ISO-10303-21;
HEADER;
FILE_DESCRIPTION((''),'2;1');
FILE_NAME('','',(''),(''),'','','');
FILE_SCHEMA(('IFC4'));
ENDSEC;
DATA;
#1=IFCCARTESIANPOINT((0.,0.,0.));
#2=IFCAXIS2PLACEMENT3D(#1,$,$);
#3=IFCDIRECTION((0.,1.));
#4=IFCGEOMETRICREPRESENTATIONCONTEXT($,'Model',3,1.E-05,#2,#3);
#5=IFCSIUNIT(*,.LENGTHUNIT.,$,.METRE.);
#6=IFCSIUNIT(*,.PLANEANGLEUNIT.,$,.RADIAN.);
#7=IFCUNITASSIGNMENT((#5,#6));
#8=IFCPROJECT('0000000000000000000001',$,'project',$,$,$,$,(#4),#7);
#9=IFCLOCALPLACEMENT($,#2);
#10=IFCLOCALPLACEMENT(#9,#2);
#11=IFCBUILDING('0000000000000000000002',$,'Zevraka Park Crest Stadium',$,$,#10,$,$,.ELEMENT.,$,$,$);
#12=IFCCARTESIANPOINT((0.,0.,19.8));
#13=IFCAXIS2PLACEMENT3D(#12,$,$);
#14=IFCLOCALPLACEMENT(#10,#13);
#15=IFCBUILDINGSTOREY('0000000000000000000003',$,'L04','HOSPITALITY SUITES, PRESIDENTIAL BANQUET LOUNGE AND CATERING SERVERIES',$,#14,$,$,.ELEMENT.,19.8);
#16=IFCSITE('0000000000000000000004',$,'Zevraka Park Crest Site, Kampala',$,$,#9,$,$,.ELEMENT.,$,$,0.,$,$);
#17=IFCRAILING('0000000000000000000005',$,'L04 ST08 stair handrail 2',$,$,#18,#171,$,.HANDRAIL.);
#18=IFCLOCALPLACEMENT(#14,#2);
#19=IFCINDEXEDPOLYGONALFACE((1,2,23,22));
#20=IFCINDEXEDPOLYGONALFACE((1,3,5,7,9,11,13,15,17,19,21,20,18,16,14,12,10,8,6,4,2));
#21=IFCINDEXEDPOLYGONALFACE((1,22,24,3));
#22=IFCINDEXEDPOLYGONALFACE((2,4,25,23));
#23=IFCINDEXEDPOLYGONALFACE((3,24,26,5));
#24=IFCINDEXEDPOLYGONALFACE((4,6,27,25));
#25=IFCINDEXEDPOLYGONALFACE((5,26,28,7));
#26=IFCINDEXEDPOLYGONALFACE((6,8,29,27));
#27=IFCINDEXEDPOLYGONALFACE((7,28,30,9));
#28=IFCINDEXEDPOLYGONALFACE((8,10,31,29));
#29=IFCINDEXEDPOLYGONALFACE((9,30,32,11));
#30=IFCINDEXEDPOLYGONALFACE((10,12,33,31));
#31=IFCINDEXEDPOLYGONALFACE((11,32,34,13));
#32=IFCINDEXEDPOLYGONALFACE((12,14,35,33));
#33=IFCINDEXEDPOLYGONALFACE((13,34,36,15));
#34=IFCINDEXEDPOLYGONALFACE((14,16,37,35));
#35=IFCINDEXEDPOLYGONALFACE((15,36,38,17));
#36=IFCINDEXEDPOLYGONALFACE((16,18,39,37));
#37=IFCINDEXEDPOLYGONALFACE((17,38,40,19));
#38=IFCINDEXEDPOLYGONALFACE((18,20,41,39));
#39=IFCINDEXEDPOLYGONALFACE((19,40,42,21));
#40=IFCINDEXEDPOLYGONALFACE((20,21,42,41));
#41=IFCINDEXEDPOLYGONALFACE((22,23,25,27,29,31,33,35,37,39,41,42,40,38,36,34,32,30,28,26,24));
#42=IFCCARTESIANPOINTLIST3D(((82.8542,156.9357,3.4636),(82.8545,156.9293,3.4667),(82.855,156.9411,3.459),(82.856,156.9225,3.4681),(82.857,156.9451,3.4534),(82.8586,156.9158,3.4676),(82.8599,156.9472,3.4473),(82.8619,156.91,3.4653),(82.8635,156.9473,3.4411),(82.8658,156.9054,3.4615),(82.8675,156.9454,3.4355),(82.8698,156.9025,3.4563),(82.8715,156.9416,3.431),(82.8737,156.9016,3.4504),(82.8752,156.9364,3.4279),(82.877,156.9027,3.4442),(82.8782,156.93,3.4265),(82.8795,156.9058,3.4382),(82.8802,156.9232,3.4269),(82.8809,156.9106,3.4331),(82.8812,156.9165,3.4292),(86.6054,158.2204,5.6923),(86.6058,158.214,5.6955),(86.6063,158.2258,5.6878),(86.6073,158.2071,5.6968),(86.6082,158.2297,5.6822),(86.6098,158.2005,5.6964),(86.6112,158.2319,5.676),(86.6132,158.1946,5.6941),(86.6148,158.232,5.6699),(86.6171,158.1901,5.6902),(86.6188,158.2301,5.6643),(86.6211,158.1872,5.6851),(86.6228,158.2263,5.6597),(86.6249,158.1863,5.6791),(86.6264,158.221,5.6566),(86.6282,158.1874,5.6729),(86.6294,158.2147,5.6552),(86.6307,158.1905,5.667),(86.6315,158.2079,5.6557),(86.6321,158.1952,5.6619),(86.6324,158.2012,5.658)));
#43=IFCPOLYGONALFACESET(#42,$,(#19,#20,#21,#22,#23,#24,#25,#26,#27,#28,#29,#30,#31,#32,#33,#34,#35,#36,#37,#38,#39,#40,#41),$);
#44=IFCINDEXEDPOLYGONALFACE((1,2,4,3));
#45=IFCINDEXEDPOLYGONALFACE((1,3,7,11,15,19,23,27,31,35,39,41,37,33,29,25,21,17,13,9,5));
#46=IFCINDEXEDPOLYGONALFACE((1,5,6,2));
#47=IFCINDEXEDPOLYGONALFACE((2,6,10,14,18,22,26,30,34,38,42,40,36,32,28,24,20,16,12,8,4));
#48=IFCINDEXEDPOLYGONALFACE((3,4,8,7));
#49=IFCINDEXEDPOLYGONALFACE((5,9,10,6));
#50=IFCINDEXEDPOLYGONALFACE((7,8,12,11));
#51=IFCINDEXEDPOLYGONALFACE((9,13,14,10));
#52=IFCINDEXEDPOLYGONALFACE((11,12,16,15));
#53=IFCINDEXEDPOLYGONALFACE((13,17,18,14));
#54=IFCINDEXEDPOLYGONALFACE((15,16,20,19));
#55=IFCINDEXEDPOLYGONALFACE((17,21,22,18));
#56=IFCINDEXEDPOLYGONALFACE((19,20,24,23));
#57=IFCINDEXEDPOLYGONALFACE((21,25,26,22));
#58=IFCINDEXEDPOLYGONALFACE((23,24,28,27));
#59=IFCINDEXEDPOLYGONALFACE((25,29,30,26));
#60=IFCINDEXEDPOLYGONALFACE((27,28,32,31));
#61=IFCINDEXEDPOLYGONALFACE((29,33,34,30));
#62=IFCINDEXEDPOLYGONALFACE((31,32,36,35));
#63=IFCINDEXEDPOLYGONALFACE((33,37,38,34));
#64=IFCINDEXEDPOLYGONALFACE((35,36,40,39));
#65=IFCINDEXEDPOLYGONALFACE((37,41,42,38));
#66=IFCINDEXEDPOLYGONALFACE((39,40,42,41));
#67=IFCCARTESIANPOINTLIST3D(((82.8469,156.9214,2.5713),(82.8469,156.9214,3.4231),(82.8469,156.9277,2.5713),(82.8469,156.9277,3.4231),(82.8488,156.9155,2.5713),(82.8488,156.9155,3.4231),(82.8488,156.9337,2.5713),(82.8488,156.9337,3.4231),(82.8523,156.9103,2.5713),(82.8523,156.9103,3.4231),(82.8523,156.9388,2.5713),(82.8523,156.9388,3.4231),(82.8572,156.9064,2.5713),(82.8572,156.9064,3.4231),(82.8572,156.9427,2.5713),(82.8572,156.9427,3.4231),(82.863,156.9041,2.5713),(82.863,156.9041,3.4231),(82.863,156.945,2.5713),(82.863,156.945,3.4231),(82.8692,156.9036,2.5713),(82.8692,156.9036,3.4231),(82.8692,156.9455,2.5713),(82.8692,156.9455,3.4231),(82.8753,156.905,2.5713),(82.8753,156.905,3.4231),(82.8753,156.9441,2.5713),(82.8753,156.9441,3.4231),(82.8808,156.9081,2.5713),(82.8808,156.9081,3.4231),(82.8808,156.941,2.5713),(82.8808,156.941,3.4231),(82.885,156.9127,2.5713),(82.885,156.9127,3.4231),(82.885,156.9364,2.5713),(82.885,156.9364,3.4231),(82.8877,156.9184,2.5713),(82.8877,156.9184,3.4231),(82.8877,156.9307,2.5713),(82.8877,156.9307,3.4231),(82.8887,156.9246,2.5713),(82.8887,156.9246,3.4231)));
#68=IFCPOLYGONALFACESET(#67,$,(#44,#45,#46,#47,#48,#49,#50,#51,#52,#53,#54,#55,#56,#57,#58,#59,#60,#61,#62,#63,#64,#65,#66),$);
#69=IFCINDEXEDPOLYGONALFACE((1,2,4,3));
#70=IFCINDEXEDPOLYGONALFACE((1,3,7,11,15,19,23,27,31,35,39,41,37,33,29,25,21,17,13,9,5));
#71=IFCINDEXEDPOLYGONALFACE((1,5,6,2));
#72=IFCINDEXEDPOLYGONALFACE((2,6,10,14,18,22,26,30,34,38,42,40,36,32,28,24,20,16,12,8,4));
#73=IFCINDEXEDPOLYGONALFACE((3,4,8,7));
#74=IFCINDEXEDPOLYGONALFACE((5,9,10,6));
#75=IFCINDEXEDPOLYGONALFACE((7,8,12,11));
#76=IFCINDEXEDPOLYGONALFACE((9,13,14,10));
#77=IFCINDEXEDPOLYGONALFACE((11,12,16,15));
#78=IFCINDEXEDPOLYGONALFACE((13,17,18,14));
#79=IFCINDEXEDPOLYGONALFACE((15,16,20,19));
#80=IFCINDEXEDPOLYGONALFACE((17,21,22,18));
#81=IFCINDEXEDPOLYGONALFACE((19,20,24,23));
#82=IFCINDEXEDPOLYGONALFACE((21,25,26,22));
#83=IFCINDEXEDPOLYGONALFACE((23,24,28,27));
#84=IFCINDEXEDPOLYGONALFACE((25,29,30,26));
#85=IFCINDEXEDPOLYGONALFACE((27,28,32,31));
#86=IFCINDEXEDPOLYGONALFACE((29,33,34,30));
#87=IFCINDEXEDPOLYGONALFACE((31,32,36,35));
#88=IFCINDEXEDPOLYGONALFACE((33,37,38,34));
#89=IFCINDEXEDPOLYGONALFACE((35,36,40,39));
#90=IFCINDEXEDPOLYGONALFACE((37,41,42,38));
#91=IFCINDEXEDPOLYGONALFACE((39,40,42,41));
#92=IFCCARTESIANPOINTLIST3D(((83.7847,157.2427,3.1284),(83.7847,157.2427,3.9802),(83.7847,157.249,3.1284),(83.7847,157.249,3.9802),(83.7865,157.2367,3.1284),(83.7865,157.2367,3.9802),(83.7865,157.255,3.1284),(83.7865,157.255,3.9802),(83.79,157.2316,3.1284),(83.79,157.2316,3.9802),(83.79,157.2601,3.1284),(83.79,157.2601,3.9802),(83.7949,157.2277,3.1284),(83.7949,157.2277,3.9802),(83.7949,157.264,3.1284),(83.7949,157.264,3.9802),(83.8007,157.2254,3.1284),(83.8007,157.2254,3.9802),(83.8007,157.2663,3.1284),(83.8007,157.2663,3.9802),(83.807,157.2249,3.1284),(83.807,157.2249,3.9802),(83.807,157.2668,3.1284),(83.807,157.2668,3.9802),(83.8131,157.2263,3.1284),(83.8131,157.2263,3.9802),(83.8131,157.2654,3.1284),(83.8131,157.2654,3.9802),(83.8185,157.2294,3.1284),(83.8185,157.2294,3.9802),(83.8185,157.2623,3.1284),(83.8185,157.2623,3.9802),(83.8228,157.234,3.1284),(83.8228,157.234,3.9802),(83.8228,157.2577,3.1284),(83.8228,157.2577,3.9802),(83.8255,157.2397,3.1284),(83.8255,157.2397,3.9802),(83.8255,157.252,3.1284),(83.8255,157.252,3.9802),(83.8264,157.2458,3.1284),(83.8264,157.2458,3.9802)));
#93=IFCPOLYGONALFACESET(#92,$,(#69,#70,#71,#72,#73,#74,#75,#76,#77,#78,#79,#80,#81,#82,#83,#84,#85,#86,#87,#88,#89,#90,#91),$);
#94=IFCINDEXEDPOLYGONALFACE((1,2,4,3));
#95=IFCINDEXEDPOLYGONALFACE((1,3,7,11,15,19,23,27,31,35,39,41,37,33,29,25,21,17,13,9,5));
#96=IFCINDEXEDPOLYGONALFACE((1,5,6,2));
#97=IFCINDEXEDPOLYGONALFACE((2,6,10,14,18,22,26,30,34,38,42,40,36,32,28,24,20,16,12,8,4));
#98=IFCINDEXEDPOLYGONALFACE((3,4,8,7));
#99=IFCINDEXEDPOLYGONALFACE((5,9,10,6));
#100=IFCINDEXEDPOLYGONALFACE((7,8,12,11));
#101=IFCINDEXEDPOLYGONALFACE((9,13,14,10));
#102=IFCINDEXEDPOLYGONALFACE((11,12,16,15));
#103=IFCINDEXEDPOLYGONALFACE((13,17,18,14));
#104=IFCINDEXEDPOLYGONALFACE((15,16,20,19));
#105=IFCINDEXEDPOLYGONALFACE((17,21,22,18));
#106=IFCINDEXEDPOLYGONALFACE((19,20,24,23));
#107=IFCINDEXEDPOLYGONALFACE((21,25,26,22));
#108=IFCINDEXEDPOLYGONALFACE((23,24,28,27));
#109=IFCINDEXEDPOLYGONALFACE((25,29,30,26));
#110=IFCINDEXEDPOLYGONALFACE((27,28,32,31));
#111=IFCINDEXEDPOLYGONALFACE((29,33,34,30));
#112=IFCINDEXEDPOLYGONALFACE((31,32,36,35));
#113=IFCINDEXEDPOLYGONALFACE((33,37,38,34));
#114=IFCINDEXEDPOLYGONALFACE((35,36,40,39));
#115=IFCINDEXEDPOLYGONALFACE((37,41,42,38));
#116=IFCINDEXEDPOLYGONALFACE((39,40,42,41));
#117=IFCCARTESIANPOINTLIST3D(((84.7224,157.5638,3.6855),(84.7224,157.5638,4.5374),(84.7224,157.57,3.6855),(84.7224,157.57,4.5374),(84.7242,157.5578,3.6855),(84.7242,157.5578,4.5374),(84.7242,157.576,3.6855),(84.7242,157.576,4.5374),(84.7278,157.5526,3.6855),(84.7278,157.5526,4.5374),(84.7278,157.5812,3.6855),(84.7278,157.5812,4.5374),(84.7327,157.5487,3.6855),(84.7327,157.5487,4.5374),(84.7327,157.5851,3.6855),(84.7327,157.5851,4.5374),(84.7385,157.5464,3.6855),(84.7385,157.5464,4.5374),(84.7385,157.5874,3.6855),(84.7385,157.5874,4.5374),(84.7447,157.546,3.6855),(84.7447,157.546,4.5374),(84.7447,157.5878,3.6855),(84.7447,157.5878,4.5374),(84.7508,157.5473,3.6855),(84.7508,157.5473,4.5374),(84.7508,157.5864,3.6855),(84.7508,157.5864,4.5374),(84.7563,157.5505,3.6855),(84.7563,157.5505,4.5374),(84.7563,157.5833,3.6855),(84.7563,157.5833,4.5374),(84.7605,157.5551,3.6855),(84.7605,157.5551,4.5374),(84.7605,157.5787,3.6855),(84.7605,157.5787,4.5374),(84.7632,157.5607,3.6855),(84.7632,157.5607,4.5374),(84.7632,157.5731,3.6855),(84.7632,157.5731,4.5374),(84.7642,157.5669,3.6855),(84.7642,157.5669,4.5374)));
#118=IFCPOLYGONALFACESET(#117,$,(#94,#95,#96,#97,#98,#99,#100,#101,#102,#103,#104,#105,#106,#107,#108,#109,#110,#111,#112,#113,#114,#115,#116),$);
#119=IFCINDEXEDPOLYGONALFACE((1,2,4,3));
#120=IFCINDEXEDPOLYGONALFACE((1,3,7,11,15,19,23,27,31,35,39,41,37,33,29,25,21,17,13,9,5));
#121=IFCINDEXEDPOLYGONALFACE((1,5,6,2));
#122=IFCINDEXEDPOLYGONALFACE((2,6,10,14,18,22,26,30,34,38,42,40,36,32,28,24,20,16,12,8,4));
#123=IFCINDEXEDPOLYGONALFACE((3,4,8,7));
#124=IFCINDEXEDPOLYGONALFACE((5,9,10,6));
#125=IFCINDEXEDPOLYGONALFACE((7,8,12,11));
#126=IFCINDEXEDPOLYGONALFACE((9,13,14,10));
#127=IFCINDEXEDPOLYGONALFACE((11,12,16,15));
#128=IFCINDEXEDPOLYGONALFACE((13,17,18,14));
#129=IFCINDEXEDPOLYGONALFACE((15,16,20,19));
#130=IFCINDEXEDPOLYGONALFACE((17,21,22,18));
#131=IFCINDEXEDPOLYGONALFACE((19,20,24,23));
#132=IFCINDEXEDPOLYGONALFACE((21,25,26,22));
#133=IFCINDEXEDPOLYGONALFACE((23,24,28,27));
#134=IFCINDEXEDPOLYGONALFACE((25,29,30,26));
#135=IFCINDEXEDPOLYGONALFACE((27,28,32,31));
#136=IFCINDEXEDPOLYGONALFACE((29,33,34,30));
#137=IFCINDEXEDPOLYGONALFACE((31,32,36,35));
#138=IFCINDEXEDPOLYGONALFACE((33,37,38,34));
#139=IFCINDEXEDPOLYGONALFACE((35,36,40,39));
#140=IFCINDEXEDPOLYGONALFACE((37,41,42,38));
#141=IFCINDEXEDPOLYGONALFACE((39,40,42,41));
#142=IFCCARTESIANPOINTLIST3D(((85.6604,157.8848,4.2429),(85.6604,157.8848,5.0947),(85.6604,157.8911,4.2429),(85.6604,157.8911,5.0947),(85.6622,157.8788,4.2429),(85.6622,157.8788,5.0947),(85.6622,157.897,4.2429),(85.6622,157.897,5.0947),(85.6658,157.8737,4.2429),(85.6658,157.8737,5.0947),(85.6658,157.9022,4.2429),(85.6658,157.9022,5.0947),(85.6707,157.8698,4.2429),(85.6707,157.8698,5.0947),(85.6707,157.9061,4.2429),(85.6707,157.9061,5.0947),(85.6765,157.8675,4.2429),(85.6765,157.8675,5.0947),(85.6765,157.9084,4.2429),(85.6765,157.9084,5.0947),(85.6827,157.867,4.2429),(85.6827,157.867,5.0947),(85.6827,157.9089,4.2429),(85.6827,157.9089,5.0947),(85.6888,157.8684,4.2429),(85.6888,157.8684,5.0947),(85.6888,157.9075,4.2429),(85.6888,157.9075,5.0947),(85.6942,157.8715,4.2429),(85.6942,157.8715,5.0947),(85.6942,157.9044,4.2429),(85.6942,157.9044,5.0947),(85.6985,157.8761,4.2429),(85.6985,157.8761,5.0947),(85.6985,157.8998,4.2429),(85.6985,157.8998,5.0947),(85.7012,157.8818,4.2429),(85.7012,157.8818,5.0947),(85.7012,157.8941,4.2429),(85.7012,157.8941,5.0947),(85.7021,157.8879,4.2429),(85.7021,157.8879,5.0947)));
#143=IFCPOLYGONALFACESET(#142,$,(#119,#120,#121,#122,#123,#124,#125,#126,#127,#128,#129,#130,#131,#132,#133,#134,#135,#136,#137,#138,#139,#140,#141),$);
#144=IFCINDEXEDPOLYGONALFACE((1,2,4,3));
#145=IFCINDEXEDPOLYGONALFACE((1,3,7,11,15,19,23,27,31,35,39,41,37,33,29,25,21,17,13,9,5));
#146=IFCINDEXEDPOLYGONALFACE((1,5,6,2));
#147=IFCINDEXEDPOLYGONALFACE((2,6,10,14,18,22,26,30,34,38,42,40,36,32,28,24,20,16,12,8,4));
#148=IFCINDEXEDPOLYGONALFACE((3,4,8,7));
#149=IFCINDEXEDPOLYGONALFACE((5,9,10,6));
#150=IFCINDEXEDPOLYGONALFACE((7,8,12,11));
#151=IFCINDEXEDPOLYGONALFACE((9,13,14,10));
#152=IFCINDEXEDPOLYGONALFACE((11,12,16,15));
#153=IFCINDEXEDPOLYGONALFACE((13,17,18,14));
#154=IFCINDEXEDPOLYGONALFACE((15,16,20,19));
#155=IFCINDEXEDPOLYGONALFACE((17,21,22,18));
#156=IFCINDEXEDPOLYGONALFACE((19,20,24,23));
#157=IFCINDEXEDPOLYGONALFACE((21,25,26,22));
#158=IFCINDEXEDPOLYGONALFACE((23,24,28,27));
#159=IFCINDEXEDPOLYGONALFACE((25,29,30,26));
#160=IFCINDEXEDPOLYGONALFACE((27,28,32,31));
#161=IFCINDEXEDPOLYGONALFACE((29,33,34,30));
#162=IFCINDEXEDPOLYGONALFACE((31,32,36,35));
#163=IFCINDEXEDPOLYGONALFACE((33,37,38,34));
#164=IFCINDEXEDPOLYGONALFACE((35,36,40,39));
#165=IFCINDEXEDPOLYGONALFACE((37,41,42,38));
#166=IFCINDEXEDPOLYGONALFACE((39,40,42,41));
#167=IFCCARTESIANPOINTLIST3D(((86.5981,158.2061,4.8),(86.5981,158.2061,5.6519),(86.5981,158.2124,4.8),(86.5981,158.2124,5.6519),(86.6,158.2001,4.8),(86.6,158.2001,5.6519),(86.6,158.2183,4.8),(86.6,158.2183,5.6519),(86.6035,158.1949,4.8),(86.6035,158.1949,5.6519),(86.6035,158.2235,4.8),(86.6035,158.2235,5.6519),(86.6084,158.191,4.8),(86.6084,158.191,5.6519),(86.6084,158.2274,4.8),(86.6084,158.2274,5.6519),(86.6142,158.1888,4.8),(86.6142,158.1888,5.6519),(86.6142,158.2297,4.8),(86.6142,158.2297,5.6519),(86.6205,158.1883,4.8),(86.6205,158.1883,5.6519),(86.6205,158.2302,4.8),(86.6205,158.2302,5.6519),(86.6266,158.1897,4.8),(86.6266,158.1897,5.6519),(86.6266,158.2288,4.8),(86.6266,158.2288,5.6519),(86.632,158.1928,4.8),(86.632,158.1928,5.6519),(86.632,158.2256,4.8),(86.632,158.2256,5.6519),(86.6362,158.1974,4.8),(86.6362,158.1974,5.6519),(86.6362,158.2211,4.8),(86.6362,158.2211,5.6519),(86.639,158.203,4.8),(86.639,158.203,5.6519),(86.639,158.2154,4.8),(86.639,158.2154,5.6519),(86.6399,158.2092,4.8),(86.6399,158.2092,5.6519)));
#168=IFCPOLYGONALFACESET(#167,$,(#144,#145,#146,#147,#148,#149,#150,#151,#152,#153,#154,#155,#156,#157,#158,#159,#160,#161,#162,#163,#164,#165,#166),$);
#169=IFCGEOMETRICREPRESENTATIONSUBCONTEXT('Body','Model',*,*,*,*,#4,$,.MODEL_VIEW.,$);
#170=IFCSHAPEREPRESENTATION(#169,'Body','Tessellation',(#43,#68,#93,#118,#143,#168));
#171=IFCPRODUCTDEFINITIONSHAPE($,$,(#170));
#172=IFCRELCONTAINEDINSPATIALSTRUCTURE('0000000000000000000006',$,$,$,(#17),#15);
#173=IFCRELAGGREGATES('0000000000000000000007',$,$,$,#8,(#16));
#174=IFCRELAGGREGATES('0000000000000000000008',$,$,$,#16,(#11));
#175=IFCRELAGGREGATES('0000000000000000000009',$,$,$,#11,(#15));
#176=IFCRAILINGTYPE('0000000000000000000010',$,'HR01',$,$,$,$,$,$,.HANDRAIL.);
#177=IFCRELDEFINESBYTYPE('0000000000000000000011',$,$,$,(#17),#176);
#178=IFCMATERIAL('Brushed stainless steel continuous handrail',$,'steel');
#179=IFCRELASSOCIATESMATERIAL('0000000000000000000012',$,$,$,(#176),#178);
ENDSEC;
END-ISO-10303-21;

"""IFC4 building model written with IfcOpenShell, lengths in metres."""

from ifc_helpers import new_model, si_unit, direction, frame, origin, origin_2d, place, context, subcontext, project, spatial, circle, extrude, material, type_object, element, save


model = new_model("IFC4")

# Units and contexts
model_context = context("Model", 3, precision=1e-05, world=origin(), true_north=direction((0.0, 1.0)))
body_context = subcontext(model_context, "Body", "Model", "MODEL_VIEW")
ifc_project = project(units=[si_unit("LENGTHUNIT", "METRE"), si_unit("PLANEANGLEUNIT", "RADIAN")], contexts=[model_context])

# Site, building, storey
site_placement = place(None, origin())
site = spatial("IfcSite", under=ifc_project, at=site_placement, Name="Zevraka Park Crest Site, Kampala", CompositionType="ELEMENT", RefElevation=0.0)
building_placement = place(site_placement, origin())
building = spatial("IfcBuilding", under=site, at=building_placement, Name="Zevraka Park Crest Stadium", CompositionType="ELEMENT")
storey_placement = place(building_placement, frame((0.0, 0.0, 19.8)))
storey = spatial("IfcBuildingStorey", under=building, at=storey_placement, Name="L04", Description="HOSPITALITY SUITES, PRESIDENTIAL BANQUET LOUNGE AND CATERING SERVERIES", CompositionType="ELEMENT", Elevation=19.8)

# Railing
ifc_material_1 = material(Name="Brushed stainless steel continuous handrail", Category="steel")
railing_type_1 = type_object("IfcRailingType", Name="HR01", PredefinedType="HANDRAIL", material=ifc_material_1)
railing_1_placement = place(storey_placement, frame((82.8677, 156.9246, 2.5713)))
element("IfcRailing", 1, at=railing_1_placement, inside=storey, type_object=railing_type_1, Name="L04 ST08 stair handrail 2", PredefinedType="HANDRAIL", context=body_context, shape_type="SweptSolid", body=[
    extrude(circle(Radius=0.0239, at=origin_2d()), frame((0.0, 0.0, 0.876), z_axis=(0.824705, 0.282434, 0.489992), x_axis=(-0.323994, 0.946059, 0.0)), (0.0, 0.0, 1.0), 4.5486),
    extrude(circle(Radius=0.021, at=origin_2d()), origin(), (0.0, 0.0, 1.0), 0.8518),
    extrude(circle(Radius=0.021, at=origin_2d()), frame((0.9377, 0.3213, 0.5571)), (0.0, 0.0, 1.0), 0.8518),
    extrude(circle(Radius=0.021, at=origin_2d()), frame((1.8755, 0.6423, 1.1143)), (0.0, 0.0, 1.0), 0.8518),
    extrude(circle(Radius=0.021, at=origin_2d()), frame((2.8135, 0.9634, 1.6716)), (0.0, 0.0, 1.0), 0.8518),
    extrude(circle(Radius=0.021, at=origin_2d()), frame((3.7512, 1.2847, 2.2288)), (0.0, 0.0, 1.0), 0.8518),
])

save(model, "model.ifc")
